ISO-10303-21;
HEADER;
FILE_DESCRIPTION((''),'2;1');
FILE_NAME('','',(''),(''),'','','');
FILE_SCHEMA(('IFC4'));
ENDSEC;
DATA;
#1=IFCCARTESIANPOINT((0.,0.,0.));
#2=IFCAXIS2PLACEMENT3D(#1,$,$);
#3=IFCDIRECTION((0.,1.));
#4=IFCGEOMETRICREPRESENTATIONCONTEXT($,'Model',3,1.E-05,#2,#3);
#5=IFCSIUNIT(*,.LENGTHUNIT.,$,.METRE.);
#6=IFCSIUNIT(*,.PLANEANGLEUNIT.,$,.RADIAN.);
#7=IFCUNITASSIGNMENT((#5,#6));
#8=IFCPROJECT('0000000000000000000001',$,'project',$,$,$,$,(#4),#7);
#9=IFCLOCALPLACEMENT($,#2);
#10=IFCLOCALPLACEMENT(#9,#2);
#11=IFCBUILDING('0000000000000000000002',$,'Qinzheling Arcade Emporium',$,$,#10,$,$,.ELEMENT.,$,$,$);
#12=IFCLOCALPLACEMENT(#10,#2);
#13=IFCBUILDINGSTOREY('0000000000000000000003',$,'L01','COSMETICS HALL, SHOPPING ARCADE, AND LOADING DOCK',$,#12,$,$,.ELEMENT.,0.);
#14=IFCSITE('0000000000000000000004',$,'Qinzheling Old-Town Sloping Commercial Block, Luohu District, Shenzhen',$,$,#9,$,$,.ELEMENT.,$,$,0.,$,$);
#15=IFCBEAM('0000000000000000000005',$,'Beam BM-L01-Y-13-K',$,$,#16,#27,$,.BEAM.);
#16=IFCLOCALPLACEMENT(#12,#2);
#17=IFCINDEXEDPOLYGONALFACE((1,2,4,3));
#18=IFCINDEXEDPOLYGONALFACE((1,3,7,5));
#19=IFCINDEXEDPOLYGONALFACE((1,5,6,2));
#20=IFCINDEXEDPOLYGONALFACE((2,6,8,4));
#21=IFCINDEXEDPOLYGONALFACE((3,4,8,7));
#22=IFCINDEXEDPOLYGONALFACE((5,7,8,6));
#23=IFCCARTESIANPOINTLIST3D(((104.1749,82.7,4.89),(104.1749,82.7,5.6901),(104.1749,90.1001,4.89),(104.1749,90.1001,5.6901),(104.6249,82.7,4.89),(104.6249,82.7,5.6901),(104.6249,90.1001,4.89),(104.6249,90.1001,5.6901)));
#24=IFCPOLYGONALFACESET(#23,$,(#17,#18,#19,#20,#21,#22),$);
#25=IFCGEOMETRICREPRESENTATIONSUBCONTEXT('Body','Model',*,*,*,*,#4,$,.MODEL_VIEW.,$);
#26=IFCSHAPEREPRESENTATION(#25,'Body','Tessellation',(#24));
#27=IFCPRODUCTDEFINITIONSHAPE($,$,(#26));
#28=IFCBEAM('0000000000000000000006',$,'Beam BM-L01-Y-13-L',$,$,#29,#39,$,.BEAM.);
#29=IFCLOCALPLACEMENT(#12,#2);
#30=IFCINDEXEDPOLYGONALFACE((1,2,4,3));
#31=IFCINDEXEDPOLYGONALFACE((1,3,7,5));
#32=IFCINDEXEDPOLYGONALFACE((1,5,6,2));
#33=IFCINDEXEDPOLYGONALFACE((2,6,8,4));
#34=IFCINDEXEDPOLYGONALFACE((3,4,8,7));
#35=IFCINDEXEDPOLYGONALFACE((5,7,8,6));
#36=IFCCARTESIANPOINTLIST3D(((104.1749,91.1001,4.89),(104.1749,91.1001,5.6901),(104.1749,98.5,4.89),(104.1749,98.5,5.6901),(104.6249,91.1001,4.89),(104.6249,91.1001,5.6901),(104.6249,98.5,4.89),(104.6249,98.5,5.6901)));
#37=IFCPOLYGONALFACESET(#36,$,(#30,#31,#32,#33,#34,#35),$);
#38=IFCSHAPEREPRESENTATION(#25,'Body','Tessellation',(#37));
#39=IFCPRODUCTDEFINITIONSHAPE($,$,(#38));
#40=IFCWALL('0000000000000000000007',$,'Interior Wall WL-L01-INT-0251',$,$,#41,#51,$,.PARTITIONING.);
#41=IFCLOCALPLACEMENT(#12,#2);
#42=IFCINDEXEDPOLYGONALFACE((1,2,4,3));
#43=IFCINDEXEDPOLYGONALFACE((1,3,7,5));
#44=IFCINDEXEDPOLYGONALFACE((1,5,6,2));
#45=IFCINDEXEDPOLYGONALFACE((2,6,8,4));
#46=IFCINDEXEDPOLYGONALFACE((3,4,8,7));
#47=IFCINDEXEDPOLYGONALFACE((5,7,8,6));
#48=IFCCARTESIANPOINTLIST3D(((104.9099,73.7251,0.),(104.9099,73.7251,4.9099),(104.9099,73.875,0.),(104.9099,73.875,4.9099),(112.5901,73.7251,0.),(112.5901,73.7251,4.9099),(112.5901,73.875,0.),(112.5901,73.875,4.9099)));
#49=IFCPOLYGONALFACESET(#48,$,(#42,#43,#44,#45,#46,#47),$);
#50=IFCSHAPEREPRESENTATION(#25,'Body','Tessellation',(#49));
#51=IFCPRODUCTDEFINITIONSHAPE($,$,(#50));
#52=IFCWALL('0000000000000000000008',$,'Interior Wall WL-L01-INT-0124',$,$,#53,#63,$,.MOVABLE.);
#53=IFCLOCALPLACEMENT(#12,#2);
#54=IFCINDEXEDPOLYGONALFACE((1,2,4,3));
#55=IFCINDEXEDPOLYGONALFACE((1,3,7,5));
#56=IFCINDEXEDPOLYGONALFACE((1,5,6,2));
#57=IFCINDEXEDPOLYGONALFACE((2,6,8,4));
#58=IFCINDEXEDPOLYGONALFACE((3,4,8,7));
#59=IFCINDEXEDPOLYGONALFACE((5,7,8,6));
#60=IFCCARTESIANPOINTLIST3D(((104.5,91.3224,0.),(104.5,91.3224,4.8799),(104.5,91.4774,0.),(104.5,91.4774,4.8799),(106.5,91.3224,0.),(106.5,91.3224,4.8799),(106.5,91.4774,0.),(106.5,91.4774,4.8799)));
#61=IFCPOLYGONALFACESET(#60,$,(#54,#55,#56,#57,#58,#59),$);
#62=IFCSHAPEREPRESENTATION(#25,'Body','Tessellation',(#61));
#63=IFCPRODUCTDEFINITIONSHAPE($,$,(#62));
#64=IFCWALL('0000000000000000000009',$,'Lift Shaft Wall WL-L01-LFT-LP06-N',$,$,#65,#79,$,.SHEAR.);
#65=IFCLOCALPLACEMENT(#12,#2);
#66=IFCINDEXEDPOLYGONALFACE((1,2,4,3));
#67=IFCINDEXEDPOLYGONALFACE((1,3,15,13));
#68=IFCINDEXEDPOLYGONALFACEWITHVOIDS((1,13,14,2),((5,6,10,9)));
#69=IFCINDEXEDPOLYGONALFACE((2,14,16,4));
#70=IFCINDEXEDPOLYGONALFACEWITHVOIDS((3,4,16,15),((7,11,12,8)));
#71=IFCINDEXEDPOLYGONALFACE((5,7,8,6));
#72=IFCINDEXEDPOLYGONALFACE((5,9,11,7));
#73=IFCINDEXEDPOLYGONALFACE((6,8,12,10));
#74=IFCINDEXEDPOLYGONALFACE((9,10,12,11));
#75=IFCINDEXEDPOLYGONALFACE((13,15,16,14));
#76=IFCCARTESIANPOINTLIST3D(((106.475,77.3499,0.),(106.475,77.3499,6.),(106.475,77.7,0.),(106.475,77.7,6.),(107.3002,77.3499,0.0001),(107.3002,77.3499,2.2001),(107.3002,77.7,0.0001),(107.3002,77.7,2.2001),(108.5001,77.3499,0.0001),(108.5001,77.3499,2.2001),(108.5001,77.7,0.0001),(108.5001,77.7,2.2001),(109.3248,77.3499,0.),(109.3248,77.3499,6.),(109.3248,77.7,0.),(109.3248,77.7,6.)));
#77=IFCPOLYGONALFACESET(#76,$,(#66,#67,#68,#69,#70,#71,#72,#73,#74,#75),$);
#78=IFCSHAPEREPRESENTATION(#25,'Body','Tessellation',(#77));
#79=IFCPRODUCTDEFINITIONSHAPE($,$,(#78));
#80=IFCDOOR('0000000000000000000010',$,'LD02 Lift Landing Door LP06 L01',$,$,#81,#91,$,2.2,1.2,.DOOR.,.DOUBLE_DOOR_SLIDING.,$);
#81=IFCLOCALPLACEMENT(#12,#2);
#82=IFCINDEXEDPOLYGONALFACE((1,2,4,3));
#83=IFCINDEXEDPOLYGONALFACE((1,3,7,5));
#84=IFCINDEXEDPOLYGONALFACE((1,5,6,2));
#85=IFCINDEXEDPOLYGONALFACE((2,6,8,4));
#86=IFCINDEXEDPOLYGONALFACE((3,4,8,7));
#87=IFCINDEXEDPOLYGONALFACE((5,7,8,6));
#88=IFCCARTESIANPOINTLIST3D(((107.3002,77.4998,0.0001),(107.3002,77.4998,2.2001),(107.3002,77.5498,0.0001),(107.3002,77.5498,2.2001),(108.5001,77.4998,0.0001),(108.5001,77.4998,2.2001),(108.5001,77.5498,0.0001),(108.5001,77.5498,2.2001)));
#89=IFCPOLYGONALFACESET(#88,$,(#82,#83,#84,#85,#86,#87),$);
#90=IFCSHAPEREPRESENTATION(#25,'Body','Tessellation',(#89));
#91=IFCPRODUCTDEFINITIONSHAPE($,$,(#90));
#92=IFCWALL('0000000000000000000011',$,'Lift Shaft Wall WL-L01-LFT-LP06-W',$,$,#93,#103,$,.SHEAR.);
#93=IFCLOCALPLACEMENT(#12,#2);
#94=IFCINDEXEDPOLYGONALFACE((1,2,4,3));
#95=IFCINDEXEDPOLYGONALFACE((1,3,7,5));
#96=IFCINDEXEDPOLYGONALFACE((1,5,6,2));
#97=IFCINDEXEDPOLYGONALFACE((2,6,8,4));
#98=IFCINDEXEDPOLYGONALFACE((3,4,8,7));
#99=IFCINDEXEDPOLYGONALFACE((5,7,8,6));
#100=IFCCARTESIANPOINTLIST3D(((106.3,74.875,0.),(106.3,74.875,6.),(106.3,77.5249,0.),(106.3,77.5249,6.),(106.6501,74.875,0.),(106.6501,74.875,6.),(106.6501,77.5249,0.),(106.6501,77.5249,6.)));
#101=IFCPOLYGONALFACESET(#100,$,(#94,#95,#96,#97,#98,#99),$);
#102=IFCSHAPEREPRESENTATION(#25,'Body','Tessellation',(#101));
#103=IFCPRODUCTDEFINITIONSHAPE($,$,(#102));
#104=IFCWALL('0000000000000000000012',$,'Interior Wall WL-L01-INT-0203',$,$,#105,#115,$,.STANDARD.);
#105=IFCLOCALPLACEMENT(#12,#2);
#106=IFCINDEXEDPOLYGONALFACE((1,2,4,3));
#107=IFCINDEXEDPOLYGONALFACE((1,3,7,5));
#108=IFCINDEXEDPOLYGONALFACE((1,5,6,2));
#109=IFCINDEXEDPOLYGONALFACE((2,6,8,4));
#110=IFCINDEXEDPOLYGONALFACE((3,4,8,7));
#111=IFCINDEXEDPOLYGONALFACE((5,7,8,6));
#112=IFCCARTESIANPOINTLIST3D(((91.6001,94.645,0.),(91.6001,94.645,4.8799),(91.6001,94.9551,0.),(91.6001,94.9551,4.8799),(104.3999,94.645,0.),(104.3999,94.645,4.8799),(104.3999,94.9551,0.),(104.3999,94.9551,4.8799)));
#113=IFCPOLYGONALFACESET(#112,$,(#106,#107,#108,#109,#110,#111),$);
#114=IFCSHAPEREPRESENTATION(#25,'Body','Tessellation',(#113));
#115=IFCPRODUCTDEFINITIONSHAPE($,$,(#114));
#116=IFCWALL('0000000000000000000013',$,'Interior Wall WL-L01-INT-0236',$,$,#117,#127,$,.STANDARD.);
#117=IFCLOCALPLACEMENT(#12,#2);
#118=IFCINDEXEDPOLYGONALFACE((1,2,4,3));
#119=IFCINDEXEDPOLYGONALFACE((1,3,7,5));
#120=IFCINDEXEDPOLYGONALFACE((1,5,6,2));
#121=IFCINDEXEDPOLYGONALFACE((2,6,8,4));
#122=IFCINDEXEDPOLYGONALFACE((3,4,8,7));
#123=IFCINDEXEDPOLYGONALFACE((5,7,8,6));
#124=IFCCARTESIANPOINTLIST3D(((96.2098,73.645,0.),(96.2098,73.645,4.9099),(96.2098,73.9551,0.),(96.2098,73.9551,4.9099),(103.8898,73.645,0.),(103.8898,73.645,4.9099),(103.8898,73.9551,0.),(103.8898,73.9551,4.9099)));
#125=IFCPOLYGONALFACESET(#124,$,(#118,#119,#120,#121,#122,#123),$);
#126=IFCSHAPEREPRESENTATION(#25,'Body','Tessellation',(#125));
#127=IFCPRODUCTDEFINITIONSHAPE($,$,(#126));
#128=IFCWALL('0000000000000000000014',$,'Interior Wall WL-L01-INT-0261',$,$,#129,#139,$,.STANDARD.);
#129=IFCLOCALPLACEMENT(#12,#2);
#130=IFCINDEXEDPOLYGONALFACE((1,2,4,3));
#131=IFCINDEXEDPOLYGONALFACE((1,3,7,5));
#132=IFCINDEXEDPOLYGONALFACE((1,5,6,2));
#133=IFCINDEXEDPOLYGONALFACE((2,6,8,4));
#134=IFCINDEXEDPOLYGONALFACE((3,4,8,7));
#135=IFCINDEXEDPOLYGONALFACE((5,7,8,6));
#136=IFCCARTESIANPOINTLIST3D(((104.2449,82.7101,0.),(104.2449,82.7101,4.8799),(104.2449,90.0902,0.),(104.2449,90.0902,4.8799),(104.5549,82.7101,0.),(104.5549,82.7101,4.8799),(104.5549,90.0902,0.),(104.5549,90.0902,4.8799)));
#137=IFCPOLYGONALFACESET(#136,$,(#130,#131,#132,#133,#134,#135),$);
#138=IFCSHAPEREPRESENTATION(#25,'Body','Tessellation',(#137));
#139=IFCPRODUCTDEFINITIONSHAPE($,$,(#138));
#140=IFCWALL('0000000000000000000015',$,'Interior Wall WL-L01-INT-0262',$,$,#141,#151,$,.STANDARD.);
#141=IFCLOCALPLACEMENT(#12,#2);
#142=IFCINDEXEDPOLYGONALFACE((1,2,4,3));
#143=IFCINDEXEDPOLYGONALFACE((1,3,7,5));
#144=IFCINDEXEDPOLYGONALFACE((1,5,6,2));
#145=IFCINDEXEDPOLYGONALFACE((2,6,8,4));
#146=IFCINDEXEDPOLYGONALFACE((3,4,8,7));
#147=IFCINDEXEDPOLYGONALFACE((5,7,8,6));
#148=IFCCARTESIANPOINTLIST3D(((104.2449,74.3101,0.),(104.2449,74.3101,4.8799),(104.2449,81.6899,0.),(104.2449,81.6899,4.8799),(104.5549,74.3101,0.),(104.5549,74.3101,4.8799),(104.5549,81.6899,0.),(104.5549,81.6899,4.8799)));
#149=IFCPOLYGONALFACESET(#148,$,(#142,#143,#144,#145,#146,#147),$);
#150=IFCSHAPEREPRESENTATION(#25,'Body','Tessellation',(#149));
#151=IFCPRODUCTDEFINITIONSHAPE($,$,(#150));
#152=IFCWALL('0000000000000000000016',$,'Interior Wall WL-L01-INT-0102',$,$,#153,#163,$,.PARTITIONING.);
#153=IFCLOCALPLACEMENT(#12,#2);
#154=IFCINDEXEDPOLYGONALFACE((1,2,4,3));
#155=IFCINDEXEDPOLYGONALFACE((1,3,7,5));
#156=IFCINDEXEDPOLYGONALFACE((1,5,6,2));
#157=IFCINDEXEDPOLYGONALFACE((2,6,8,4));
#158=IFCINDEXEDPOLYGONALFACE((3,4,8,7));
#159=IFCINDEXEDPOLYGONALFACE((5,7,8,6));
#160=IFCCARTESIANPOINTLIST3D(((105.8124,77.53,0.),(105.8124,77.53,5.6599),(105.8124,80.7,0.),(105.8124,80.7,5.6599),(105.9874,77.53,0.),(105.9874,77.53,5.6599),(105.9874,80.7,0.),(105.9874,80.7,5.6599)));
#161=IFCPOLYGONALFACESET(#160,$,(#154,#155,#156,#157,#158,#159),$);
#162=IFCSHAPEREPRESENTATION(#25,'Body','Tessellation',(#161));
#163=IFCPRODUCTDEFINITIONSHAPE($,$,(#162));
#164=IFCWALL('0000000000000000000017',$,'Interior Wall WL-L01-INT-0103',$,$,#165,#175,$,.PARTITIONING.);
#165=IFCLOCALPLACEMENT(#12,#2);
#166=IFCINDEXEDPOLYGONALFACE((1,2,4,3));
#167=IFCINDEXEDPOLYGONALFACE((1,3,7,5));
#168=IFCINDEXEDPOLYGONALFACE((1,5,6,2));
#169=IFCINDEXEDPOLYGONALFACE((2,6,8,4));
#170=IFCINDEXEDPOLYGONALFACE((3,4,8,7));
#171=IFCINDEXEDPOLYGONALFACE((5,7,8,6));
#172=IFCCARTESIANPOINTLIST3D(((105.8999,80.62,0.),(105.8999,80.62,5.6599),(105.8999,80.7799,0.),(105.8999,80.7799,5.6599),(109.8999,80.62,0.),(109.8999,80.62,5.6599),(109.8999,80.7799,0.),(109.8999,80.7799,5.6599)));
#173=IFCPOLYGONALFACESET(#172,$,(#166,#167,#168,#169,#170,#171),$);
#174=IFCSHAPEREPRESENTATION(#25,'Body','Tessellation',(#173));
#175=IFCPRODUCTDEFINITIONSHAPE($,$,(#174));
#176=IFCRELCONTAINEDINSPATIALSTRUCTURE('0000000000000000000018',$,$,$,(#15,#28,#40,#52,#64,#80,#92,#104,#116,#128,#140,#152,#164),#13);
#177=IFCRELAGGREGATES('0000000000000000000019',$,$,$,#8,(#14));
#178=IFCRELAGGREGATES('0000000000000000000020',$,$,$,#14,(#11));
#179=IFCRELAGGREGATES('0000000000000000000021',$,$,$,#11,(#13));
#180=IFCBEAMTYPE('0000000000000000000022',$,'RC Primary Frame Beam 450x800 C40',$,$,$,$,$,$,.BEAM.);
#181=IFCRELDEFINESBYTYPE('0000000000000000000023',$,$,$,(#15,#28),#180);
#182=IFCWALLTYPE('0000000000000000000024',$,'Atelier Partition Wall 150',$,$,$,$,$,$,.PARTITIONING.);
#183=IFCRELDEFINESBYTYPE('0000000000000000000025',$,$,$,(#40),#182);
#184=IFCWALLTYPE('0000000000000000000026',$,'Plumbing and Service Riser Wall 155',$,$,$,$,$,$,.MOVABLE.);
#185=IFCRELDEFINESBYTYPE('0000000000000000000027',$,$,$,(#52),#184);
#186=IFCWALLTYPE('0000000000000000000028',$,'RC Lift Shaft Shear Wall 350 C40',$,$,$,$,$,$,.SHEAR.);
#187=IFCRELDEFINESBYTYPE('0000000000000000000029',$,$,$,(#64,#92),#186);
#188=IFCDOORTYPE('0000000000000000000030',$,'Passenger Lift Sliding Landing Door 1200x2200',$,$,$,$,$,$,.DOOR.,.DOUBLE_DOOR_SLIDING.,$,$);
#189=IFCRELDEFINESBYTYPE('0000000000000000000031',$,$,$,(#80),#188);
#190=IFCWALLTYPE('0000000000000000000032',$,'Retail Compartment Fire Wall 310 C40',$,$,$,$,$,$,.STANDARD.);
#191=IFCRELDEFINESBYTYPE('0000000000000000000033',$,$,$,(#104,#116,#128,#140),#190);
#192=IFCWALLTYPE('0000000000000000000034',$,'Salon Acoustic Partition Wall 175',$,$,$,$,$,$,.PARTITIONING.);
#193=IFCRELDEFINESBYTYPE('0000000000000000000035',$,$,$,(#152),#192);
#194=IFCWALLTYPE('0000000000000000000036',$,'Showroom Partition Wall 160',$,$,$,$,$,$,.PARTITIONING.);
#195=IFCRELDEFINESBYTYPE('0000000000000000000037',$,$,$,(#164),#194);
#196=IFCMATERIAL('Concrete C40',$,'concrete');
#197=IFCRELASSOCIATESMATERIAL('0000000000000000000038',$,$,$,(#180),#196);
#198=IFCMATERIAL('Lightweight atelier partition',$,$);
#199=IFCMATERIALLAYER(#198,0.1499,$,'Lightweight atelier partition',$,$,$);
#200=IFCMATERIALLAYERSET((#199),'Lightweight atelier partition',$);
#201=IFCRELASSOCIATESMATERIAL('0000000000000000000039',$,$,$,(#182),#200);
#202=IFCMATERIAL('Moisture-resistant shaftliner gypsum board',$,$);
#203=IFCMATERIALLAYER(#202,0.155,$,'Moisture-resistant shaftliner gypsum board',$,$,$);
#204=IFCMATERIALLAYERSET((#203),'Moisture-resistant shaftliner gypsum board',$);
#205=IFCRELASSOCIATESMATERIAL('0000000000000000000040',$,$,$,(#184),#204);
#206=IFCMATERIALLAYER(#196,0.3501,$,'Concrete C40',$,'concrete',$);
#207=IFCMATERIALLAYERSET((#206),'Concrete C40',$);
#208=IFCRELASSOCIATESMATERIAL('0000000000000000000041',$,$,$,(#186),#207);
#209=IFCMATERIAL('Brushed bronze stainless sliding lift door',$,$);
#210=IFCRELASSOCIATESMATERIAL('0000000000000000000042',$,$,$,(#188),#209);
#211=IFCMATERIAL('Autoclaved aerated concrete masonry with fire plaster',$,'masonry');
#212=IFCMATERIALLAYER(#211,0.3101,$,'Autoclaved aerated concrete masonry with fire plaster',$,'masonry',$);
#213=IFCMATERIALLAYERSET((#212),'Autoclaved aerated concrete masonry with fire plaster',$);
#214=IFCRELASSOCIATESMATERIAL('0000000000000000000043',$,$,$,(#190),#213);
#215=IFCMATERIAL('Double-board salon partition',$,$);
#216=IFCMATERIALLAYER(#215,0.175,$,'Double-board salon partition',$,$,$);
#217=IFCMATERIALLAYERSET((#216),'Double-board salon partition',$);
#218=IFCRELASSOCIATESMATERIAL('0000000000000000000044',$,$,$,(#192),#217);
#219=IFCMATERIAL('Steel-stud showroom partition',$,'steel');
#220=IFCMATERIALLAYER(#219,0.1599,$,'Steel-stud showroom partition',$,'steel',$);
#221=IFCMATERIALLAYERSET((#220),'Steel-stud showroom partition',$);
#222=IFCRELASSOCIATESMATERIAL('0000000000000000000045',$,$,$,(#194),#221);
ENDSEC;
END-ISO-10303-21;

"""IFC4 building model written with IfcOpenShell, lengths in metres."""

from ifc_helpers import new_model, si_unit, direction, frame, frame_2d, origin, origin_2d, place, context, subcontext, project, spatial, rectangle, extrude, material, layer, layer_set, material_profile, profile_set, type_object, element, fill, save


model = new_model("IFC4")

# Units and contexts
model_context = context("Model", 3, precision=1e-05, world=origin(), true_north=direction((0.0, 1.0)))
body_context = subcontext(model_context, "Body", "Model", "MODEL_VIEW")
ifc_project = project(units=[si_unit("LENGTHUNIT", "METRE"), si_unit("PLANEANGLEUNIT", "RADIAN")], contexts=[model_context])

# Site, building, storey
site_placement = place(None, origin())
site = spatial("IfcSite", under=ifc_project, at=site_placement, Name="Qinzheling Old-Town Sloping Commercial Block, Luohu District, Shenzhen", CompositionType="ELEMENT", RefElevation=0.0)
building_placement = place(site_placement, origin())
building = spatial("IfcBuilding", under=site, at=building_placement, Name="Qinzheling Arcade Emporium", CompositionType="ELEMENT")
storey_placement = place(building_placement, origin())
storey = spatial("IfcBuildingStorey", under=building, at=storey_placement, Name="L01", Description="COSMETICS HALL, SHOPPING ARCADE, AND LOADING DOCK", CompositionType="ELEMENT", Elevation=0.0)

# Beams
ifc_material_1 = material(Name="Concrete C40", Category="concrete")
ifc_material_profile_1 = material_profile(ifc_material_1, rectangle(XDim=0.45, YDim=0.8, at=origin_2d()), Name="RC 450x800", Category="concrete")
ifc_profile_set_1 = profile_set([ifc_material_profile_1], Name="Concrete C40")
beam_type = type_object("IfcBeamType", Name="RC Primary Frame Beam 450x800 C40", PredefinedType="BEAM", material=ifc_profile_set_1)
beam_1_placement = place(storey_placement, frame((104.3999, 82.7, 5.29), z_axis=(0.0, 1.0, 0.0), x_axis=(-1.0, 0.0, 0.0)))
element("IfcBeam", 1, at=beam_1_placement, inside=storey, type_object=beam_type, Name="Beam BM-L01-Y-13-K", PredefinedType="BEAM", context=body_context, shape_type="SweptSolid", body=[
    extrude(rectangle(XDim=0.45, YDim=0.8, at=origin_2d()), origin(), (0.0, 0.0, 1.0), 7.4001),
])
beam_2_placement = place(storey_placement, frame((104.3999, 91.1001, 5.29), z_axis=(0.0, 1.0, 0.0), x_axis=(-1.0, 0.0, 0.0)))
element("IfcBeam", 2, at=beam_2_placement, inside=storey, type_object=beam_type, Name="Beam BM-L01-Y-13-L", PredefinedType="BEAM", context=body_context, shape_type="SweptSolid", body=[
    extrude(rectangle(XDim=0.45, YDim=0.8, at=origin_2d()), origin(), (0.0, 0.0, 1.0), 7.3999),
])

# Walls
ifc_material_2 = material(Name="Lightweight atelier partition")
ifc_layer_1 = layer(ifc_material_2, 0.1499, Name="Lightweight atelier partition")
ifc_layer_set_1 = layer_set([ifc_layer_1], Name="Lightweight atelier partition")
wall_type_1 = type_object("IfcWallType", Name="Atelier Partition Wall 150", PredefinedType="PARTITIONING", material=ifc_layer_set_1)
wall_1_placement = place(storey_placement, frame((104.9099, 73.8, 0.0), z_axis=(0.0, 0.0, 1.0), x_axis=(1.0, 0.0, 0.0)))
element("IfcWall", 3, at=wall_1_placement, inside=storey, type_object=wall_type_1, Name="Interior Wall WL-L01-INT-0251", PredefinedType="PARTITIONING", context=body_context, shape_type="SweptSolid", body=[
    extrude(rectangle(XDim=7.6802, YDim=0.1499, at=frame_2d((3.8401, 0.0))), origin(), (0.0, 0.0, 1.0), 4.9099),
])
ifc_material_3 = material(Name="Moisture-resistant shaftliner gypsum board")
ifc_layer_2 = layer(ifc_material_3, 0.155, Name="Moisture-resistant shaftliner gypsum board")
ifc_layer_set_2 = layer_set([ifc_layer_2], Name="Moisture-resistant shaftliner gypsum board")
wall_type_2 = type_object("IfcWallType", Name="Plumbing and Service Riser Wall 155", PredefinedType="MOVABLE", material=ifc_layer_set_2)
wall_2_placement = place(storey_placement, frame((106.5, 91.3999, 0.0), z_axis=(0.0, 0.0, 1.0), x_axis=(-1.0, 0.0, 0.0)))
element("IfcWall", 4, at=wall_2_placement, inside=storey, type_object=wall_type_2, Name="Interior Wall WL-L01-INT-0124", PredefinedType="MOVABLE", context=body_context, shape_type="SweptSolid", body=[
    extrude(rectangle(XDim=2.0, YDim=0.155, at=frame_2d((1.0, 0.0))), origin(), (0.0, 0.0, 1.0), 4.8799),
])

# Wall, opening, door
ifc_layer_3 = layer(ifc_material_1, 0.3501, Name="Concrete C40", Category="concrete")
ifc_layer_set_3 = layer_set([ifc_layer_3], Name="Concrete C40")
wall_type_3 = type_object("IfcWallType", Name="RC Lift Shaft Shear Wall 350 C40", PredefinedType="SHEAR", material=ifc_layer_set_3)
wall_3_placement = place(storey_placement, frame((106.4751, 77.5249, 0.0), z_axis=(0.0, 0.0, 1.0), x_axis=(1.0, 0.0, 0.0)))
wall_3 = element("IfcWall", 5, at=wall_3_placement, inside=storey, type_object=wall_type_3, Name="Lift Shaft Wall WL-L01-LFT-LP06-N", PredefinedType="SHEAR", context=body_context, shape_type="SweptSolid", body=[
    extrude(rectangle(XDim=2.8499, YDim=0.3501, at=frame_2d((1.4248, 0.0))), origin(), (0.0, 0.0, 1.0), 6.0),
])
opening_1_placement = place(wall_3_placement, frame((0.825, 0.0, 0.0)))
opening_1 = element("IfcOpeningElement", 6, at=opening_1_placement, cuts=wall_3, PredefinedType="OPENING", context=body_context, shape_type="SweptSolid", body=[
    extrude(rectangle(XDim=1.2, YDim=2.2, at=frame_2d((0.6001, 1.1001))), frame((0.0, 0.1851, 0.0), z_axis=(0.0, -1.0, 0.0), x_axis=(1.0, 0.0, 0.0)), (0.0, 0.0, 1.0), 0.3701),
])
ifc_material_4 = material(Name="Brushed bronze stainless sliding lift door")
door_type_1 = type_object("IfcDoorType", Name="Passenger Lift Sliding Landing Door 1200x2200", OperationType="DOUBLE_DOOR_SLIDING", PredefinedType="DOOR", material=ifc_material_4)
door_1_placement = place(opening_1_placement, origin())
door_1 = element("IfcDoor", 7, at=door_1_placement, inside=storey, type_object=door_type_1, Name="LD02 Lift Landing Door LP06 L01", OperationType="DOUBLE_DOOR_SLIDING", OverallHeight=2.2, OverallWidth=1.2, PredefinedType="DOOR", context=body_context, shape_type="SweptSolid", body=[
    extrude(rectangle(XDim=1.2, YDim=2.2, at=frame_2d((0.6001, 1.1001))), frame((0.0, 0.0249, 0.0), z_axis=(0.0, -1.0, 0.0), x_axis=(1.0, 0.0, 0.0)), (0.0, 0.0, 1.0), 0.05),
])
fill(opening_1, door_1)

# Walls
wall_4_placement = place(storey_placement, frame((106.4751, 74.875, 0.0), z_axis=(0.0, 0.0, 1.0), x_axis=(0.0, 1.0, 0.0)))
element("IfcWall", 8, at=wall_4_placement, inside=storey, type_object=wall_type_3, Name="Lift Shaft Wall WL-L01-LFT-LP06-W", PredefinedType="SHEAR", context=body_context, shape_type="SweptSolid", body=[
    extrude(rectangle(XDim=2.6499, YDim=0.3501, at=frame_2d((1.325, 0.0))), origin(), (0.0, 0.0, 1.0), 6.0),
])
ifc_material_5 = material(Name="Autoclaved aerated concrete masonry with fire plaster", Category="masonry")
ifc_layer_4 = layer(ifc_material_5, 0.3101, Name="Autoclaved aerated concrete masonry with fire plaster", Category="masonry")
ifc_layer_set_4 = layer_set([ifc_layer_4], Name="Autoclaved aerated concrete masonry with fire plaster")
wall_type_4 = type_object("IfcWallType", Name="Retail Compartment Fire Wall 310 C40", PredefinedType="STANDARD", material=ifc_layer_set_4)
wall_5_placement = place(storey_placement, frame((104.3999, 94.8, 0.0), z_axis=(0.0, 0.0, 1.0), x_axis=(-1.0, 0.0, 0.0)))
element("IfcWall", 9, at=wall_5_placement, inside=storey, type_object=wall_type_4, Name="Interior Wall WL-L01-INT-0203", PredefinedType="STANDARD", context=body_context, shape_type="SweptSolid", body=[
    extrude(rectangle(XDim=12.7998, YDim=0.3101, at=frame_2d((6.3999, 0.0))), origin(), (0.0, 0.0, 1.0), 4.8799),
])
wall_6_placement = place(storey_placement, frame((96.21, 73.8, 0.0), z_axis=(0.0, 0.0, 1.0), x_axis=(1.0, 0.0, 0.0)))
element("IfcWall", 10, at=wall_6_placement, inside=storey, type_object=wall_type_4, Name="Interior Wall WL-L01-INT-0236", PredefinedType="STANDARD", context=body_context, shape_type="SweptSolid", body=[
    extrude(rectangle(XDim=7.6799, YDim=0.3101, at=frame_2d((3.8398, 0.0))), origin(), (0.0, 0.0, 1.0), 4.9099),
])
wall_7_placement = place(storey_placement, frame((104.3999, 90.0901, 0.0), z_axis=(0.0, 0.0, 1.0), x_axis=(0.0, -1.0, 0.0)))
element("IfcWall", 11, at=wall_7_placement, inside=storey, type_object=wall_type_4, Name="Interior Wall WL-L01-INT-0261", PredefinedType="STANDARD", context=body_context, shape_type="SweptSolid", body=[
    extrude(rectangle(XDim=7.3801, YDim=0.3101, at=frame_2d((3.6899, 0.0))), origin(), (0.0, 0.0, 1.0), 4.8799),
])
wall_8_placement = place(storey_placement, frame((104.3999, 81.6899, 0.0), z_axis=(0.0, 0.0, 1.0), x_axis=(0.0, -1.0, 0.0)))
element("IfcWall", 12, at=wall_8_placement, inside=storey, type_object=wall_type_4, Name="Interior Wall WL-L01-INT-0262", PredefinedType="STANDARD", context=body_context, shape_type="SweptSolid", body=[
    extrude(rectangle(XDim=7.3799, YDim=0.3101, at=frame_2d((3.6899, 0.0))), origin(), (0.0, 0.0, 1.0), 4.8799),
])
ifc_material_6 = material(Name="Double-board salon partition")
ifc_layer_5 = layer(ifc_material_6, 0.175, Name="Double-board salon partition")
ifc_layer_set_5 = layer_set([ifc_layer_5], Name="Double-board salon partition")
wall_type_5 = type_object("IfcWallType", Name="Salon Acoustic Partition Wall 175", PredefinedType="PARTITIONING", material=ifc_layer_set_5)
wall_9_placement = place(storey_placement, frame((105.8999, 77.53, 0.0), z_axis=(0.0, 0.0, 1.0), x_axis=(0.0, 1.0, 0.0)))
element("IfcWall", 13, at=wall_9_placement, inside=storey, type_object=wall_type_5, Name="Interior Wall WL-L01-INT-0102", PredefinedType="PARTITIONING", context=body_context, shape_type="SweptSolid", body=[
    extrude(rectangle(XDim=3.1699, YDim=0.175, at=frame_2d((1.585, 0.0))), origin(), (0.0, 0.0, 1.0), 5.6599),
])
ifc_material_7 = material(Name="Steel-stud showroom partition", Category="steel")
ifc_layer_6 = layer(ifc_material_7, 0.1599, Name="Steel-stud showroom partition", Category="steel")
ifc_layer_set_6 = layer_set([ifc_layer_6], Name="Steel-stud showroom partition")
wall_type_6 = type_object("IfcWallType", Name="Showroom Partition Wall 160", PredefinedType="PARTITIONING", material=ifc_layer_set_6)
wall_10_placement = place(storey_placement, frame((105.8999, 80.7, 0.0), z_axis=(0.0, 0.0, 1.0), x_axis=(1.0, 0.0, 0.0)))
element("IfcWall", 14, at=wall_10_placement, inside=storey, type_object=wall_type_6, Name="Interior Wall WL-L01-INT-0103", PredefinedType="PARTITIONING", context=body_context, shape_type="SweptSolid", body=[
    extrude(rectangle(XDim=4.0, YDim=0.1599, at=frame_2d((2.0, 0.0))), origin(), (0.0, 0.0, 1.0), 5.6599),
])

save(model, "model.ifc")
